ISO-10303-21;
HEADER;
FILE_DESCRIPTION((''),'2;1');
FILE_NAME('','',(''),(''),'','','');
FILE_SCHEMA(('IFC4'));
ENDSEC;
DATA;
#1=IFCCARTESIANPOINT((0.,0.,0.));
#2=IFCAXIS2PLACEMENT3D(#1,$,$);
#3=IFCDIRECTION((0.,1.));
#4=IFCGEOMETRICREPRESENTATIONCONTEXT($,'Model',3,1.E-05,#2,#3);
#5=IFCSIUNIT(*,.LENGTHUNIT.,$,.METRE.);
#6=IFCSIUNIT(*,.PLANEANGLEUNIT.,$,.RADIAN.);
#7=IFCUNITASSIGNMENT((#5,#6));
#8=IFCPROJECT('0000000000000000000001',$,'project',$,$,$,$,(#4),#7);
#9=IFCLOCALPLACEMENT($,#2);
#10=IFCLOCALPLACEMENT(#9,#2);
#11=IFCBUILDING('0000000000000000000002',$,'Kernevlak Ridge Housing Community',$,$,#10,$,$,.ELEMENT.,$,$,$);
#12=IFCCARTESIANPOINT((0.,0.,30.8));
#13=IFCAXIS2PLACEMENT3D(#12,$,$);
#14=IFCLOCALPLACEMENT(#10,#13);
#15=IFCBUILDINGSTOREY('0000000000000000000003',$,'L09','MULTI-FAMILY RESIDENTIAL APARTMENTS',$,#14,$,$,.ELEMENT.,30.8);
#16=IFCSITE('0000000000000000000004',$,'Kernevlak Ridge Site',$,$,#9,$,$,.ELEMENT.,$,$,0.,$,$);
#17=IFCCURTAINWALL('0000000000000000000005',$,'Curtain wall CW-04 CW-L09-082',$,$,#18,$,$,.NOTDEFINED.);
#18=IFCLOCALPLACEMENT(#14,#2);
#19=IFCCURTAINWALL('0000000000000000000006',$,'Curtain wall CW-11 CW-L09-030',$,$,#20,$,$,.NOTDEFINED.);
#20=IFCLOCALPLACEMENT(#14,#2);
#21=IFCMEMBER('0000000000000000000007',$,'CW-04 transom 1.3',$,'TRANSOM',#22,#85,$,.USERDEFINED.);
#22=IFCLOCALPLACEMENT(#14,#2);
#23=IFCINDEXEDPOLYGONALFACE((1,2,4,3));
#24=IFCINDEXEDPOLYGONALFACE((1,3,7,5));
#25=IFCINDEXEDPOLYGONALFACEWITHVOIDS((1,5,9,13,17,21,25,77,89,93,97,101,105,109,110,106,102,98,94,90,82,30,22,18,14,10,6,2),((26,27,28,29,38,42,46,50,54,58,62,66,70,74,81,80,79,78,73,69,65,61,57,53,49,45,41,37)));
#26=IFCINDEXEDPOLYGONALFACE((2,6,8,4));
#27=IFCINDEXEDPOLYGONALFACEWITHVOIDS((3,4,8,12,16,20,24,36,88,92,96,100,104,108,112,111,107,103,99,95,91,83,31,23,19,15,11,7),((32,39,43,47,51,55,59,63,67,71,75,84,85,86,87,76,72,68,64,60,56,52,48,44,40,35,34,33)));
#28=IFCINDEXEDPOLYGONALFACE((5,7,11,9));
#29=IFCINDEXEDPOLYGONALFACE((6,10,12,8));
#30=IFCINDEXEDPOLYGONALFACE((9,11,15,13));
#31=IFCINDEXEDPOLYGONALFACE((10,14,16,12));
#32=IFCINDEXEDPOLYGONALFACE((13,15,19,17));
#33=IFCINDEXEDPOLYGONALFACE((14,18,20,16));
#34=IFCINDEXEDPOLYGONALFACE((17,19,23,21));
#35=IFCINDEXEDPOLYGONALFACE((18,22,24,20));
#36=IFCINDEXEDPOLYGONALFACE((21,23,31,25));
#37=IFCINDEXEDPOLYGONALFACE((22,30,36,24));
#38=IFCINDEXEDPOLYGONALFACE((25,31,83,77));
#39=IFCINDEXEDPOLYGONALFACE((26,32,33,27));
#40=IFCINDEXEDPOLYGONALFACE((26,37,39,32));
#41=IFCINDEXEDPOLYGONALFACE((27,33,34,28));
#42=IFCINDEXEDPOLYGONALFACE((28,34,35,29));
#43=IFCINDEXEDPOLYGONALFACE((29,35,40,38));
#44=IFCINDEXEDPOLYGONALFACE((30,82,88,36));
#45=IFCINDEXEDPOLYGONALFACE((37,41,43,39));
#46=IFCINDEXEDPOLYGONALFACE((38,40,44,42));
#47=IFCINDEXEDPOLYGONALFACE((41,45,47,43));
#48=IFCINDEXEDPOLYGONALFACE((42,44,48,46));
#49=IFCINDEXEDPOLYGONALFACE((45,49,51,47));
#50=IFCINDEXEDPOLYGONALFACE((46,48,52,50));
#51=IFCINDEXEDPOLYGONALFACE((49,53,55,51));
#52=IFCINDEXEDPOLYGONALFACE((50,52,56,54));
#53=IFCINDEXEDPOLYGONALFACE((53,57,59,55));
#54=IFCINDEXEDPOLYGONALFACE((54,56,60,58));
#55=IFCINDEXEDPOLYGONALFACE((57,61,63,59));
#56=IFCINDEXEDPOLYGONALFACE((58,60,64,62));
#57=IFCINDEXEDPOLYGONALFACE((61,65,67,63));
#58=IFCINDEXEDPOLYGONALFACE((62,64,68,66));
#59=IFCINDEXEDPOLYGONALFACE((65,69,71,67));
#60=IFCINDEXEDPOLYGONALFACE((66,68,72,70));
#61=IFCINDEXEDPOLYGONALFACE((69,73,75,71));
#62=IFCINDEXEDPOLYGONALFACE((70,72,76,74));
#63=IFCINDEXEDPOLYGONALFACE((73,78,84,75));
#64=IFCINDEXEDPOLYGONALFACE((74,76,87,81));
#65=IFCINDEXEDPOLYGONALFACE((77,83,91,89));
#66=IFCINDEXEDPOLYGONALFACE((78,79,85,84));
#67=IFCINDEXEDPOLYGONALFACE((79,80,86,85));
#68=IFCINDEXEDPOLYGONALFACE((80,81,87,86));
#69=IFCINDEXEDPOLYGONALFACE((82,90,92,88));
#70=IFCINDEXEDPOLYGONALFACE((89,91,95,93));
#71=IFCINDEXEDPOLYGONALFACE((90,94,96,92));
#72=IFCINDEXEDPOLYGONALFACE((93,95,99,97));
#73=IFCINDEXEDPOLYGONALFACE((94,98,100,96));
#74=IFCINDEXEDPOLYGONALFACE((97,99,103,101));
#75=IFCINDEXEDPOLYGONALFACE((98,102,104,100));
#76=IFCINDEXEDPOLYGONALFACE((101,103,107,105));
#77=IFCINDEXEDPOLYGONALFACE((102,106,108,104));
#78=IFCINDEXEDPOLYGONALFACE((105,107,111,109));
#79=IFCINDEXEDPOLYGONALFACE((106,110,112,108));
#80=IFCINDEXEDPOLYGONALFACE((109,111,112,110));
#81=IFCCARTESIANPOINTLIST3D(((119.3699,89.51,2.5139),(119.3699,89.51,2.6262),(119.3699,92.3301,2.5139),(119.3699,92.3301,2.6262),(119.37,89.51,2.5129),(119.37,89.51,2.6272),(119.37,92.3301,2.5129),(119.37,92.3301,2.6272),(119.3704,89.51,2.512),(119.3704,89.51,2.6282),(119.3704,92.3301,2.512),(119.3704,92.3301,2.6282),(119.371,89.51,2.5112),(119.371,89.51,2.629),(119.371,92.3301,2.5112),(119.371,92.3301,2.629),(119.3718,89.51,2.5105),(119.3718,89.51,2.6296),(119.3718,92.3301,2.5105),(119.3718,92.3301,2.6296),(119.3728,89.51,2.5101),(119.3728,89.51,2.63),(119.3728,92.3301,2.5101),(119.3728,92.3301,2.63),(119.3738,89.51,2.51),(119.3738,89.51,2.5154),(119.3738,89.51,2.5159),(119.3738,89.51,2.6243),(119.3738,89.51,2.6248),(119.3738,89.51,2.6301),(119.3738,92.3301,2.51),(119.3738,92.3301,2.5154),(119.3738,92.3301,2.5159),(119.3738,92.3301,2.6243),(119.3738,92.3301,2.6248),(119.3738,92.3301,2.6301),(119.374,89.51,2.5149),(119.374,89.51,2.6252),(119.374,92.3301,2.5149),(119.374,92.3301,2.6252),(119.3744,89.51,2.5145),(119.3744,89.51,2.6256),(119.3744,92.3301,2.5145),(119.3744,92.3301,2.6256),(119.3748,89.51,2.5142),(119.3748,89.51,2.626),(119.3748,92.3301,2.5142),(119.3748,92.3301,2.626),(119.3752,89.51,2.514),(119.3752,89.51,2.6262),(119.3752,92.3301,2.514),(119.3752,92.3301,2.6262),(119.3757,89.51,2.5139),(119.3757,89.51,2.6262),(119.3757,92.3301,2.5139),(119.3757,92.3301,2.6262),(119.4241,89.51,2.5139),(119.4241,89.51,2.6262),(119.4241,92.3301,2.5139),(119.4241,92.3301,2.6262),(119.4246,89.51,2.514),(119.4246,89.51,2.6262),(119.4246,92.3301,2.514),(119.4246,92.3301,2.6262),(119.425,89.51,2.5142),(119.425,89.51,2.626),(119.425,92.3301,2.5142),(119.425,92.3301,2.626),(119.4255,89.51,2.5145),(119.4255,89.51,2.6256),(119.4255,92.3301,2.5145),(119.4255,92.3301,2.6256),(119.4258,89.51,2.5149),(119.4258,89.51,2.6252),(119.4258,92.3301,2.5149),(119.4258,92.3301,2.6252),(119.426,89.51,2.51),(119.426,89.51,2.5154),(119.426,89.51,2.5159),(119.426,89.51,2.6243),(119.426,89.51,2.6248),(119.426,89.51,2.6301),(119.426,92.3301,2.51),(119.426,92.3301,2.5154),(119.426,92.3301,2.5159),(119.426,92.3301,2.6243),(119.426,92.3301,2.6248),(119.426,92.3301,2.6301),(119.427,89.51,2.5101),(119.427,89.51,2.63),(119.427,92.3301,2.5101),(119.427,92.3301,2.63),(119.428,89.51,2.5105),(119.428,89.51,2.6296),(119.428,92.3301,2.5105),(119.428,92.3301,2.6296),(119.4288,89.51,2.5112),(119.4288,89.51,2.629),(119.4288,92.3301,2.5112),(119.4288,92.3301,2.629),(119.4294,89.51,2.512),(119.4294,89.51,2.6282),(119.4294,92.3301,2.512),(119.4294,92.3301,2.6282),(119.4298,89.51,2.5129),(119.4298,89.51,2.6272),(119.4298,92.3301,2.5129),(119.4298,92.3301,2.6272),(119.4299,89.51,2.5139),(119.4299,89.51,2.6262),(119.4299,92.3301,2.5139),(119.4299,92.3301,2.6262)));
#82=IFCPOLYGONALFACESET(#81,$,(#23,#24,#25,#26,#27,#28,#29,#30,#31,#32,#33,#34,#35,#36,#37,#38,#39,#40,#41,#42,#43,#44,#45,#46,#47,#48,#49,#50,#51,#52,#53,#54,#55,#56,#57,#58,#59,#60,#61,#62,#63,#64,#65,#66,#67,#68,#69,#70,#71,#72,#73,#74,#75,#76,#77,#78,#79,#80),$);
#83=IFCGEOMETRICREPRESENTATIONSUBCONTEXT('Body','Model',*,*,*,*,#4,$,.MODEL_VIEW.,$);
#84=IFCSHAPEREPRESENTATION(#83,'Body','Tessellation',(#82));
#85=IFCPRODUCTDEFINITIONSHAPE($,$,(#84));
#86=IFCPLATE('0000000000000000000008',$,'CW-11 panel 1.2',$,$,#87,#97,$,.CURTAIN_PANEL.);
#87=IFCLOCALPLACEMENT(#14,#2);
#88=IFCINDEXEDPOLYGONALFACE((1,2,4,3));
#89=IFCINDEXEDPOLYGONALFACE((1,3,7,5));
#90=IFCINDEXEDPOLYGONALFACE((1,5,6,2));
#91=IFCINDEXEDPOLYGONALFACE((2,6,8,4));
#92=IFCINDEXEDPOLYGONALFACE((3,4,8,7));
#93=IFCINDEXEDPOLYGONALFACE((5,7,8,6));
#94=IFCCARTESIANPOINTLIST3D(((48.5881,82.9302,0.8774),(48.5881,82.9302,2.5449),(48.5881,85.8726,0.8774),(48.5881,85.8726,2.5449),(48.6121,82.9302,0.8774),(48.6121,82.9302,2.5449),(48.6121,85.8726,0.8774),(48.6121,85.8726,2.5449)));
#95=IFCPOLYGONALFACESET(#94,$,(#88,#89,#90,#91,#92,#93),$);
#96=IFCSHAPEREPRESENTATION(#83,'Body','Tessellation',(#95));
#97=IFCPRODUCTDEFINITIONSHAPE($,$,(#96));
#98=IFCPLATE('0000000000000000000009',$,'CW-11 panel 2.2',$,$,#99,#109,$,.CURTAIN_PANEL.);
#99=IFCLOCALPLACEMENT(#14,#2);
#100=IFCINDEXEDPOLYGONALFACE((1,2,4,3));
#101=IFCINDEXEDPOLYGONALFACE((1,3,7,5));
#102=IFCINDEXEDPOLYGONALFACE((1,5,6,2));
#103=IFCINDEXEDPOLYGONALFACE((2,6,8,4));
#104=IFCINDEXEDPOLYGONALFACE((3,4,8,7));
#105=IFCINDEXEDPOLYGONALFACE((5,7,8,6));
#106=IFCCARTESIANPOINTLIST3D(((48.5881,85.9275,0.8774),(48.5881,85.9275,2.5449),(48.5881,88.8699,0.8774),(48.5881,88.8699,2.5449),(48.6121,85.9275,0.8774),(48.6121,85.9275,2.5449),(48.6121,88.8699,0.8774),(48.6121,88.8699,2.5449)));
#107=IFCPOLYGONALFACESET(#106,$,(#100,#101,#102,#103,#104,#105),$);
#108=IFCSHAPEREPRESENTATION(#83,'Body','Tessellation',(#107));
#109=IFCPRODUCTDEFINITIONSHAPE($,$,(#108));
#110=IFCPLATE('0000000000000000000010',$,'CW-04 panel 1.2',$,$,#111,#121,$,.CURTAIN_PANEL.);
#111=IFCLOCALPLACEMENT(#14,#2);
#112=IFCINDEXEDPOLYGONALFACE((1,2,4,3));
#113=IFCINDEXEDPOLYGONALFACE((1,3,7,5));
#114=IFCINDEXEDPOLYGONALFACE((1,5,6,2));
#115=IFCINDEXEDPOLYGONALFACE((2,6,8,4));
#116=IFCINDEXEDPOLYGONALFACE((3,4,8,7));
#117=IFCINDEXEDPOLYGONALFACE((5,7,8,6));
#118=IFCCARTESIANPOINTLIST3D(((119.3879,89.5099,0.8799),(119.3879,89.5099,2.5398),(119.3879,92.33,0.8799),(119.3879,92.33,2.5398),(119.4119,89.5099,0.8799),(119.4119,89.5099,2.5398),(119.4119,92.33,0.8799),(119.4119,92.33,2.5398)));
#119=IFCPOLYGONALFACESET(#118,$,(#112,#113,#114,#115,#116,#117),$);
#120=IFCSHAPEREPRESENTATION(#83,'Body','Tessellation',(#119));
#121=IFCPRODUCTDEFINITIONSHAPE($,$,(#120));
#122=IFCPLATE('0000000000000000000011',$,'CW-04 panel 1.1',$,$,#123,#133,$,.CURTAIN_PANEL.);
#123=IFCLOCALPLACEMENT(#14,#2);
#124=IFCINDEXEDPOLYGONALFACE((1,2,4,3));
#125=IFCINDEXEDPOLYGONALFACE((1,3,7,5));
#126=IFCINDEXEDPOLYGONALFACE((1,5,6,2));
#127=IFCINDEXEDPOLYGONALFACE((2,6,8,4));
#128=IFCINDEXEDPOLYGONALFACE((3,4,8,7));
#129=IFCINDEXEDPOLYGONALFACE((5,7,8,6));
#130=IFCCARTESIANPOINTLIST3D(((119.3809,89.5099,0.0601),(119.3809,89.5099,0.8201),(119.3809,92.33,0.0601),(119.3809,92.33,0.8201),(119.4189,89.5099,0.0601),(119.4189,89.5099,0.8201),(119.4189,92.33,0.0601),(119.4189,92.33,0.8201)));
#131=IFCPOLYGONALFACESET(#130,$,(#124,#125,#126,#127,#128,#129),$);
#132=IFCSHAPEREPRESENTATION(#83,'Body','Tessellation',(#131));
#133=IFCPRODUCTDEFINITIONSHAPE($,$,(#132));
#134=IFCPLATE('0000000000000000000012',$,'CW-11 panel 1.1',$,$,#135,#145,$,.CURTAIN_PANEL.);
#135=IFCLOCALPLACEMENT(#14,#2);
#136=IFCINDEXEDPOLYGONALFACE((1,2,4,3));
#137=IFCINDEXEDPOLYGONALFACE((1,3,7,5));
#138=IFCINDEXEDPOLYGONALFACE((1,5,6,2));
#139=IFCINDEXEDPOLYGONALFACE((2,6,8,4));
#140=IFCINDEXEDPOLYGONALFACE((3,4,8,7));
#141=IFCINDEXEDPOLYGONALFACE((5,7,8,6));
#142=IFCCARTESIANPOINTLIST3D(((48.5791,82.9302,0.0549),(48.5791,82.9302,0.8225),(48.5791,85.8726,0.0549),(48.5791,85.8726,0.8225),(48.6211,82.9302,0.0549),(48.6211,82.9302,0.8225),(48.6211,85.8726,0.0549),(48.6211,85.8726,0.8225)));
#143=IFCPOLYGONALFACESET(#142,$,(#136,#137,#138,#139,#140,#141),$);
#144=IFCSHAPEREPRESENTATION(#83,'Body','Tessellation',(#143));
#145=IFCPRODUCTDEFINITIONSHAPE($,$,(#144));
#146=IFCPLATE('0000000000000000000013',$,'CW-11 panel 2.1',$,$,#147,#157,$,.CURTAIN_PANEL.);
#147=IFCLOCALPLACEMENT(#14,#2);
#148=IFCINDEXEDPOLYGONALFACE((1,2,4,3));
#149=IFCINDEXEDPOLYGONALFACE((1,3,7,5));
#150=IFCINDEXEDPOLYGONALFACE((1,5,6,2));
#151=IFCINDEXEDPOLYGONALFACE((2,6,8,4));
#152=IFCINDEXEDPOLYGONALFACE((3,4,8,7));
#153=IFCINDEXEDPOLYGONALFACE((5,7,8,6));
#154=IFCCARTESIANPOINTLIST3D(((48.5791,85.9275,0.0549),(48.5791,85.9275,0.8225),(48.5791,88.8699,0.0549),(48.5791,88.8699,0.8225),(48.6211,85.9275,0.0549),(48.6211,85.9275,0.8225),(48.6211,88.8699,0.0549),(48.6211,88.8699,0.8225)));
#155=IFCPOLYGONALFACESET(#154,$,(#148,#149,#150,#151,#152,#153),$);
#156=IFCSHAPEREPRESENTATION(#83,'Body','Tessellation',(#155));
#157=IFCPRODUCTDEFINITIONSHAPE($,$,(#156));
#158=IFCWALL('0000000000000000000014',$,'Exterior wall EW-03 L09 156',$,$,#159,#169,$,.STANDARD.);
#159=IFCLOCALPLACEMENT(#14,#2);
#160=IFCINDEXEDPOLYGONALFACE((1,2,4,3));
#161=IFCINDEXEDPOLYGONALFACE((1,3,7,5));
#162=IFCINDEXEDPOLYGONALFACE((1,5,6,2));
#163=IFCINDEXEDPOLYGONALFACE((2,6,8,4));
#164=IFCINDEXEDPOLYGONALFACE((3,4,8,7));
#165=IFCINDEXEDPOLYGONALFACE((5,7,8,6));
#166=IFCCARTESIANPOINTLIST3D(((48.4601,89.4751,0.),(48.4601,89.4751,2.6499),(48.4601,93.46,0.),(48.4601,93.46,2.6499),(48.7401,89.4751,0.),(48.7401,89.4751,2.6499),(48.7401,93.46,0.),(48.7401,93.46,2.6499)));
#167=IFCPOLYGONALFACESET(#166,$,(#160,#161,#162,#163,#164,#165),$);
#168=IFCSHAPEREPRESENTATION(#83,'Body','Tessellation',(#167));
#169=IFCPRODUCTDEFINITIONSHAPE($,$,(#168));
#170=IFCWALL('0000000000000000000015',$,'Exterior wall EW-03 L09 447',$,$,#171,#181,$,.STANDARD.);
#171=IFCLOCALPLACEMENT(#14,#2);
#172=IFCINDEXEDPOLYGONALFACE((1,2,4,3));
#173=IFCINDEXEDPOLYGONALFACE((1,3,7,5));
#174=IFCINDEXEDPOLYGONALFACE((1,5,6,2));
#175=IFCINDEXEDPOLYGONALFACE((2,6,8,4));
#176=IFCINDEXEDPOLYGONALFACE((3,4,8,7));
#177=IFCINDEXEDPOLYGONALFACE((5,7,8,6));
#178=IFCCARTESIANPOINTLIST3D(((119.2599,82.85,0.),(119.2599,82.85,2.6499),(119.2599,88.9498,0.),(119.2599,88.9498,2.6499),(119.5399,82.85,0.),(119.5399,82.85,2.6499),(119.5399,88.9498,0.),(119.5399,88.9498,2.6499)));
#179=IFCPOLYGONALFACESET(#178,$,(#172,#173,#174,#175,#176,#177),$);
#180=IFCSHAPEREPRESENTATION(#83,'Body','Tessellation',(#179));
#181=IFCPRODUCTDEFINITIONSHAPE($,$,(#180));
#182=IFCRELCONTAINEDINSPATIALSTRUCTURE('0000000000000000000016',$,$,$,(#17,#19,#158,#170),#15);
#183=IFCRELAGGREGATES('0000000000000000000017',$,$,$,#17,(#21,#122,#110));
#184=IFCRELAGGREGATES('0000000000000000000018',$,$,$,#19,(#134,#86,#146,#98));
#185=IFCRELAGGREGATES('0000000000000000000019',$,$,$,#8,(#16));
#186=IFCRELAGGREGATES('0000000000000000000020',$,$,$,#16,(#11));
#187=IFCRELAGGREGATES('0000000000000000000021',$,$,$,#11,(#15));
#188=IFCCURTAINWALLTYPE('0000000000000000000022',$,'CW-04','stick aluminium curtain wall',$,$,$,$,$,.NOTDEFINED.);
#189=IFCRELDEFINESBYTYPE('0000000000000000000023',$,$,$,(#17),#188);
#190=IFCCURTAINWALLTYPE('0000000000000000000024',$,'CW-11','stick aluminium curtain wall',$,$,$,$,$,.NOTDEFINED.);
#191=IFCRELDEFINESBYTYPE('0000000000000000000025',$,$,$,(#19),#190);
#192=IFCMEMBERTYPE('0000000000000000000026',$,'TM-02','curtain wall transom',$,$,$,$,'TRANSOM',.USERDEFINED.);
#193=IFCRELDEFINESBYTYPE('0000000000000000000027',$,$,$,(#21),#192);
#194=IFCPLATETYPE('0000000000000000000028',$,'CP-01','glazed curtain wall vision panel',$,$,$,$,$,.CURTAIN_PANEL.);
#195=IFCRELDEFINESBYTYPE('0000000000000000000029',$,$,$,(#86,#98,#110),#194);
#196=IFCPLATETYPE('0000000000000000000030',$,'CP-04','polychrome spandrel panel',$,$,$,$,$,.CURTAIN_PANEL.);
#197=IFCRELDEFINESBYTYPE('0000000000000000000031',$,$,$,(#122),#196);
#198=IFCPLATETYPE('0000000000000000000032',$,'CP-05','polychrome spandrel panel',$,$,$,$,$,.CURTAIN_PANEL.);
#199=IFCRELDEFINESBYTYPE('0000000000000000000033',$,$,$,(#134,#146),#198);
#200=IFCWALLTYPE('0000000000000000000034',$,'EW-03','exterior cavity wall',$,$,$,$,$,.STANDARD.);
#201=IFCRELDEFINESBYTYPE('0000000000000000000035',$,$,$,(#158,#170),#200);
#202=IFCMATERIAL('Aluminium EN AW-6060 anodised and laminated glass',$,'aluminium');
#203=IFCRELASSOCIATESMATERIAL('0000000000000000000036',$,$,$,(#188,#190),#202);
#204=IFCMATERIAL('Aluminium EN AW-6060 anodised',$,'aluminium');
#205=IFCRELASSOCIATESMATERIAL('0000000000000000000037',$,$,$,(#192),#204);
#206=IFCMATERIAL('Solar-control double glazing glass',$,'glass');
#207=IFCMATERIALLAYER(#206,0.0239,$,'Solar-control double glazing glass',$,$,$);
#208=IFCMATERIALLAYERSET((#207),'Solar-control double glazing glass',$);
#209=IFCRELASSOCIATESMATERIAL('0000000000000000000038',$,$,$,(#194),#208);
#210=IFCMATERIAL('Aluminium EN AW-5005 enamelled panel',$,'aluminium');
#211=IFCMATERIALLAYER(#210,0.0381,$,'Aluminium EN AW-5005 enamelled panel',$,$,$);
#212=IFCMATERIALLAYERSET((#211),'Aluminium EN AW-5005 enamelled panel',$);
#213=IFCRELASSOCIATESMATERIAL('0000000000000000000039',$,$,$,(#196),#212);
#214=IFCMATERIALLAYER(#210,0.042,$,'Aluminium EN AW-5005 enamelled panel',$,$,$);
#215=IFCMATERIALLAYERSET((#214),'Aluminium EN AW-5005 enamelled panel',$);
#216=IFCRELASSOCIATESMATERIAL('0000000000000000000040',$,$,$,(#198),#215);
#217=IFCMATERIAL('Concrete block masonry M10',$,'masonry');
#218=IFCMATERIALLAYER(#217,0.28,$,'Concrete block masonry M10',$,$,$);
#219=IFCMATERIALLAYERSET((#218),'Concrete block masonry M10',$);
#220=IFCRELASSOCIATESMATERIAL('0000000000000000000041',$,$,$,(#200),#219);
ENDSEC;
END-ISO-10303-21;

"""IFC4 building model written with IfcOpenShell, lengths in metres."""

from ifc_helpers import new_model, si_unit, direction, frame, frame_2d, origin, origin_2d, place, context, subcontext, project, spatial, rectangle, hollow_rectangle, extrude, material, layer, layer_set, material_profile, profile_set, type_object, element, aggregate, save


model = new_model("IFC4")

# Units and contexts
model_context = context("Model", 3, precision=1e-05, world=origin(), true_north=direction((0.0, 1.0)))
body_context = subcontext(model_context, "Body", "Model", "MODEL_VIEW")
ifc_project = project(units=[si_unit("LENGTHUNIT", "METRE"), si_unit("PLANEANGLEUNIT", "RADIAN")], contexts=[model_context])

# Site, building, storey
site_placement = place(None, origin())
site = spatial("IfcSite", under=ifc_project, at=site_placement, Name="Kernevlak Ridge Site", CompositionType="ELEMENT", RefElevation=0.0)
building_placement = place(site_placement, origin())
building = spatial("IfcBuilding", under=site, at=building_placement, Name="Kernevlak Ridge Housing Community", CompositionType="ELEMENT")
storey_placement = place(building_placement, frame((0.0, 0.0, 30.8)))
storey = spatial("IfcBuildingStorey", under=building, at=storey_placement, Name="L09", Description="MULTI-FAMILY RESIDENTIAL APARTMENTS", CompositionType="ELEMENT", Elevation=30.8)

# Curtain wall
ifc_material_1 = material(Name="Aluminium EN AW-6060 anodised and laminated glass", Category="aluminium")
curtain_wall_type_1 = type_object("IfcCurtainWallType", Name="CW-04", Description="stick aluminium curtain wall", PredefinedType="NOTDEFINED", material=ifc_material_1)
curtain_wall_1_placement = place(storey_placement, origin())
curtain_wall_1 = element("IfcCurtainWall", 1, at=curtain_wall_1_placement, inside=storey, type_object=curtain_wall_type_1, Name="Curtain wall CW-04 CW-L09-082", PredefinedType="NOTDEFINED")
ifc_material_2 = material(Name="Aluminium EN AW-6060 anodised", Category="aluminium")

# Curtain wall
curtain_wall_type_2 = type_object("IfcCurtainWallType", Name="CW-11", Description="stick aluminium curtain wall", PredefinedType="NOTDEFINED", material=ifc_material_1)
curtain_wall_2_placement = place(storey_placement, origin())
curtain_wall_2 = element("IfcCurtainWall", 2, at=curtain_wall_2_placement, inside=storey, type_object=curtain_wall_type_2, Name="Curtain wall CW-11 CW-L09-030", PredefinedType="NOTDEFINED")

# Member
ifc_material_profile_1 = material_profile(ifc_material_2, hollow_rectangle(XDim=0.0601, YDim=0.1201, WallThickness=0.0039, InnerFilletRadius=0.002, OuterFilletRadius=0.0039, at=origin_2d()), Name="ALU 60x120x4")
ifc_profile_set_1 = profile_set([ifc_material_profile_1], Name="Aluminium EN AW-6060 anodised")
member_type_1 = type_object("IfcMemberType", Name="TM-02", Description="curtain wall transom", ElementType="TRANSOM", PredefinedType="USERDEFINED", material=ifc_profile_set_1)
member_1_placement = place(storey_placement, frame((119.3999, 89.51, 2.5701), z_axis=(0.0, 1.0, 0.0), x_axis=(-1.0, 0.0, 0.0)))
member_1 = element("IfcMember", 3, at=member_1_placement, type_object=member_type_1, Name="CW-04 transom 1.3", ObjectType="TRANSOM", PredefinedType="USERDEFINED", context=body_context, shape_type="SweptSolid", body=[
    extrude(hollow_rectangle(XDim=0.0601, YDim=0.1201, WallThickness=0.0039, InnerFilletRadius=0.002, OuterFilletRadius=0.0039, at=origin_2d()), origin(), (0.0, 0.0, 1.0), 2.8201),
])

# Plates
ifc_material_3 = material(Name="Solar-control double glazing glass", Category="glass")
ifc_layer_1 = layer(ifc_material_3, 0.0239, Name="Solar-control double glazing glass")
ifc_layer_set_1 = layer_set([ifc_layer_1], Name="Solar-control double glazing glass")
plate_type_1 = type_object("IfcPlateType", Name="CP-01", Description="glazed curtain wall vision panel", PredefinedType="CURTAIN_PANEL", material=ifc_layer_set_1)
plate_1_placement = place(storey_placement, frame((48.6001, 84.4014, 0.8774), z_axis=(0.0, 0.0, 1.0), x_axis=(0.0, 1.0, 0.0)))
plate_1 = element("IfcPlate", 4, at=plate_1_placement, type_object=plate_type_1, Name="CW-11 panel 1.2", PredefinedType="CURTAIN_PANEL", context=body_context, shape_type="SweptSolid", body=[
    extrude(rectangle(XDim=2.9424, YDim=0.0239, at=origin_2d()), origin(), (0.0, 0.0, 1.0), 1.6675),
])
plate_2_placement = place(storey_placement, frame((48.6001, 87.3987, 0.8774), z_axis=(0.0, 0.0, 1.0), x_axis=(0.0, 1.0, 0.0)))
plate_2 = element("IfcPlate", 5, at=plate_2_placement, type_object=plate_type_1, Name="CW-11 panel 2.2", PredefinedType="CURTAIN_PANEL", context=body_context, shape_type="SweptSolid", body=[
    extrude(rectangle(XDim=2.9424, YDim=0.0239, at=origin_2d()), origin(), (0.0, 0.0, 1.0), 1.6675),
])
plate_3_placement = place(storey_placement, frame((119.3999, 90.9199, 0.8799), z_axis=(0.0, 0.0, 1.0), x_axis=(0.0, 1.0, 0.0)))
plate_3 = element("IfcPlate", 6, at=plate_3_placement, type_object=plate_type_1, Name="CW-04 panel 1.2", PredefinedType="CURTAIN_PANEL", context=body_context, shape_type="SweptSolid", body=[
    extrude(rectangle(XDim=2.8201, YDim=0.0239, at=origin_2d()), origin(), (0.0, 0.0, 1.0), 1.6599),
])
ifc_material_4 = material(Name="Aluminium EN AW-5005 enamelled panel", Category="aluminium")
ifc_layer_2 = layer(ifc_material_4, 0.0381, Name="Aluminium EN AW-5005 enamelled panel")
ifc_layer_set_2 = layer_set([ifc_layer_2], Name="Aluminium EN AW-5005 enamelled panel")
plate_type_2 = type_object("IfcPlateType", Name="CP-04", Description="polychrome spandrel panel", PredefinedType="CURTAIN_PANEL", material=ifc_layer_set_2)
plate_4_placement = place(storey_placement, frame((119.3999, 90.9199, 0.0601), z_axis=(0.0, 0.0, 1.0), x_axis=(0.0, 1.0, 0.0)))
plate_4 = element("IfcPlate", 7, at=plate_4_placement, type_object=plate_type_2, Name="CW-04 panel 1.1", PredefinedType="CURTAIN_PANEL", context=body_context, shape_type="SweptSolid", body=[
    extrude(rectangle(XDim=2.8201, YDim=0.0381, at=origin_2d()), origin(), (0.0, 0.0, 1.0), 0.76),
])
aggregate(curtain_wall_1, [member_1, plate_4, plate_3])
ifc_layer_3 = layer(ifc_material_4, 0.042, Name="Aluminium EN AW-5005 enamelled panel")
ifc_layer_set_3 = layer_set([ifc_layer_3], Name="Aluminium EN AW-5005 enamelled panel")
plate_type_3 = type_object("IfcPlateType", Name="CP-05", Description="polychrome spandrel panel", PredefinedType="CURTAIN_PANEL", material=ifc_layer_set_3)
plate_5_placement = place(storey_placement, frame((48.6001, 84.4014, 0.0549), z_axis=(0.0, 0.0, 1.0), x_axis=(0.0, 1.0, 0.0)))
plate_5 = element("IfcPlate", 8, at=plate_5_placement, type_object=plate_type_3, Name="CW-11 panel 1.1", PredefinedType="CURTAIN_PANEL", context=body_context, shape_type="SweptSolid", body=[
    extrude(rectangle(XDim=2.9424, YDim=0.042, at=origin_2d()), origin(), (0.0, 0.0, 1.0), 0.7676),
])
plate_6_placement = place(storey_placement, frame((48.6001, 87.3987, 0.0549), z_axis=(0.0, 0.0, 1.0), x_axis=(0.0, 1.0, 0.0)))
plate_6 = element("IfcPlate", 9, at=plate_6_placement, type_object=plate_type_3, Name="CW-11 panel 2.1", PredefinedType="CURTAIN_PANEL", context=body_context, shape_type="SweptSolid", body=[
    extrude(rectangle(XDim=2.9424, YDim=0.042, at=origin_2d()), origin(), (0.0, 0.0, 1.0), 0.7676),
])
aggregate(curtain_wall_2, [plate_5, plate_1, plate_6, plate_2])

# Walls
ifc_material_5 = material(Name="Concrete block masonry M10", Category="masonry")
ifc_layer_4 = layer(ifc_material_5, 0.28, Name="Concrete block masonry M10")
ifc_layer_set_4 = layer_set([ifc_layer_4], Name="Concrete block masonry M10")
wall_type = type_object("IfcWallType", Name="EW-03", Description="exterior cavity wall", PredefinedType="STANDARD", material=ifc_layer_set_4)
wall_1_placement = place(storey_placement, frame((48.6001, 89.4751, 0.0), z_axis=(0.0, 0.0, 1.0), x_axis=(0.0, 1.0, 0.0)))
element("IfcWall", 10, at=wall_1_placement, inside=storey, type_object=wall_type, Name="Exterior wall EW-03 L09 156", PredefinedType="STANDARD", context=body_context, shape_type="SweptSolid", body=[
    extrude(rectangle(XDim=3.9849, YDim=0.28, at=frame_2d((1.9924, 0.0))), origin(), (0.0, 0.0, 1.0), 2.6499),
])
wall_2_placement = place(storey_placement, frame((119.3999, 82.8501, 0.0), z_axis=(0.0, 0.0, 1.0), x_axis=(0.0, 1.0, 0.0)))
element("IfcWall", 11, at=wall_2_placement, inside=storey, type_object=wall_type, Name="Exterior wall EW-03 L09 447", PredefinedType="STANDARD", context=body_context, shape_type="SweptSolid", body=[
    extrude(rectangle(XDim=6.0999, YDim=0.28, at=frame_2d((3.0498, 0.0))), origin(), (0.0, 0.0, 1.0), 2.6499),
])

save(model, "model.ifc")
